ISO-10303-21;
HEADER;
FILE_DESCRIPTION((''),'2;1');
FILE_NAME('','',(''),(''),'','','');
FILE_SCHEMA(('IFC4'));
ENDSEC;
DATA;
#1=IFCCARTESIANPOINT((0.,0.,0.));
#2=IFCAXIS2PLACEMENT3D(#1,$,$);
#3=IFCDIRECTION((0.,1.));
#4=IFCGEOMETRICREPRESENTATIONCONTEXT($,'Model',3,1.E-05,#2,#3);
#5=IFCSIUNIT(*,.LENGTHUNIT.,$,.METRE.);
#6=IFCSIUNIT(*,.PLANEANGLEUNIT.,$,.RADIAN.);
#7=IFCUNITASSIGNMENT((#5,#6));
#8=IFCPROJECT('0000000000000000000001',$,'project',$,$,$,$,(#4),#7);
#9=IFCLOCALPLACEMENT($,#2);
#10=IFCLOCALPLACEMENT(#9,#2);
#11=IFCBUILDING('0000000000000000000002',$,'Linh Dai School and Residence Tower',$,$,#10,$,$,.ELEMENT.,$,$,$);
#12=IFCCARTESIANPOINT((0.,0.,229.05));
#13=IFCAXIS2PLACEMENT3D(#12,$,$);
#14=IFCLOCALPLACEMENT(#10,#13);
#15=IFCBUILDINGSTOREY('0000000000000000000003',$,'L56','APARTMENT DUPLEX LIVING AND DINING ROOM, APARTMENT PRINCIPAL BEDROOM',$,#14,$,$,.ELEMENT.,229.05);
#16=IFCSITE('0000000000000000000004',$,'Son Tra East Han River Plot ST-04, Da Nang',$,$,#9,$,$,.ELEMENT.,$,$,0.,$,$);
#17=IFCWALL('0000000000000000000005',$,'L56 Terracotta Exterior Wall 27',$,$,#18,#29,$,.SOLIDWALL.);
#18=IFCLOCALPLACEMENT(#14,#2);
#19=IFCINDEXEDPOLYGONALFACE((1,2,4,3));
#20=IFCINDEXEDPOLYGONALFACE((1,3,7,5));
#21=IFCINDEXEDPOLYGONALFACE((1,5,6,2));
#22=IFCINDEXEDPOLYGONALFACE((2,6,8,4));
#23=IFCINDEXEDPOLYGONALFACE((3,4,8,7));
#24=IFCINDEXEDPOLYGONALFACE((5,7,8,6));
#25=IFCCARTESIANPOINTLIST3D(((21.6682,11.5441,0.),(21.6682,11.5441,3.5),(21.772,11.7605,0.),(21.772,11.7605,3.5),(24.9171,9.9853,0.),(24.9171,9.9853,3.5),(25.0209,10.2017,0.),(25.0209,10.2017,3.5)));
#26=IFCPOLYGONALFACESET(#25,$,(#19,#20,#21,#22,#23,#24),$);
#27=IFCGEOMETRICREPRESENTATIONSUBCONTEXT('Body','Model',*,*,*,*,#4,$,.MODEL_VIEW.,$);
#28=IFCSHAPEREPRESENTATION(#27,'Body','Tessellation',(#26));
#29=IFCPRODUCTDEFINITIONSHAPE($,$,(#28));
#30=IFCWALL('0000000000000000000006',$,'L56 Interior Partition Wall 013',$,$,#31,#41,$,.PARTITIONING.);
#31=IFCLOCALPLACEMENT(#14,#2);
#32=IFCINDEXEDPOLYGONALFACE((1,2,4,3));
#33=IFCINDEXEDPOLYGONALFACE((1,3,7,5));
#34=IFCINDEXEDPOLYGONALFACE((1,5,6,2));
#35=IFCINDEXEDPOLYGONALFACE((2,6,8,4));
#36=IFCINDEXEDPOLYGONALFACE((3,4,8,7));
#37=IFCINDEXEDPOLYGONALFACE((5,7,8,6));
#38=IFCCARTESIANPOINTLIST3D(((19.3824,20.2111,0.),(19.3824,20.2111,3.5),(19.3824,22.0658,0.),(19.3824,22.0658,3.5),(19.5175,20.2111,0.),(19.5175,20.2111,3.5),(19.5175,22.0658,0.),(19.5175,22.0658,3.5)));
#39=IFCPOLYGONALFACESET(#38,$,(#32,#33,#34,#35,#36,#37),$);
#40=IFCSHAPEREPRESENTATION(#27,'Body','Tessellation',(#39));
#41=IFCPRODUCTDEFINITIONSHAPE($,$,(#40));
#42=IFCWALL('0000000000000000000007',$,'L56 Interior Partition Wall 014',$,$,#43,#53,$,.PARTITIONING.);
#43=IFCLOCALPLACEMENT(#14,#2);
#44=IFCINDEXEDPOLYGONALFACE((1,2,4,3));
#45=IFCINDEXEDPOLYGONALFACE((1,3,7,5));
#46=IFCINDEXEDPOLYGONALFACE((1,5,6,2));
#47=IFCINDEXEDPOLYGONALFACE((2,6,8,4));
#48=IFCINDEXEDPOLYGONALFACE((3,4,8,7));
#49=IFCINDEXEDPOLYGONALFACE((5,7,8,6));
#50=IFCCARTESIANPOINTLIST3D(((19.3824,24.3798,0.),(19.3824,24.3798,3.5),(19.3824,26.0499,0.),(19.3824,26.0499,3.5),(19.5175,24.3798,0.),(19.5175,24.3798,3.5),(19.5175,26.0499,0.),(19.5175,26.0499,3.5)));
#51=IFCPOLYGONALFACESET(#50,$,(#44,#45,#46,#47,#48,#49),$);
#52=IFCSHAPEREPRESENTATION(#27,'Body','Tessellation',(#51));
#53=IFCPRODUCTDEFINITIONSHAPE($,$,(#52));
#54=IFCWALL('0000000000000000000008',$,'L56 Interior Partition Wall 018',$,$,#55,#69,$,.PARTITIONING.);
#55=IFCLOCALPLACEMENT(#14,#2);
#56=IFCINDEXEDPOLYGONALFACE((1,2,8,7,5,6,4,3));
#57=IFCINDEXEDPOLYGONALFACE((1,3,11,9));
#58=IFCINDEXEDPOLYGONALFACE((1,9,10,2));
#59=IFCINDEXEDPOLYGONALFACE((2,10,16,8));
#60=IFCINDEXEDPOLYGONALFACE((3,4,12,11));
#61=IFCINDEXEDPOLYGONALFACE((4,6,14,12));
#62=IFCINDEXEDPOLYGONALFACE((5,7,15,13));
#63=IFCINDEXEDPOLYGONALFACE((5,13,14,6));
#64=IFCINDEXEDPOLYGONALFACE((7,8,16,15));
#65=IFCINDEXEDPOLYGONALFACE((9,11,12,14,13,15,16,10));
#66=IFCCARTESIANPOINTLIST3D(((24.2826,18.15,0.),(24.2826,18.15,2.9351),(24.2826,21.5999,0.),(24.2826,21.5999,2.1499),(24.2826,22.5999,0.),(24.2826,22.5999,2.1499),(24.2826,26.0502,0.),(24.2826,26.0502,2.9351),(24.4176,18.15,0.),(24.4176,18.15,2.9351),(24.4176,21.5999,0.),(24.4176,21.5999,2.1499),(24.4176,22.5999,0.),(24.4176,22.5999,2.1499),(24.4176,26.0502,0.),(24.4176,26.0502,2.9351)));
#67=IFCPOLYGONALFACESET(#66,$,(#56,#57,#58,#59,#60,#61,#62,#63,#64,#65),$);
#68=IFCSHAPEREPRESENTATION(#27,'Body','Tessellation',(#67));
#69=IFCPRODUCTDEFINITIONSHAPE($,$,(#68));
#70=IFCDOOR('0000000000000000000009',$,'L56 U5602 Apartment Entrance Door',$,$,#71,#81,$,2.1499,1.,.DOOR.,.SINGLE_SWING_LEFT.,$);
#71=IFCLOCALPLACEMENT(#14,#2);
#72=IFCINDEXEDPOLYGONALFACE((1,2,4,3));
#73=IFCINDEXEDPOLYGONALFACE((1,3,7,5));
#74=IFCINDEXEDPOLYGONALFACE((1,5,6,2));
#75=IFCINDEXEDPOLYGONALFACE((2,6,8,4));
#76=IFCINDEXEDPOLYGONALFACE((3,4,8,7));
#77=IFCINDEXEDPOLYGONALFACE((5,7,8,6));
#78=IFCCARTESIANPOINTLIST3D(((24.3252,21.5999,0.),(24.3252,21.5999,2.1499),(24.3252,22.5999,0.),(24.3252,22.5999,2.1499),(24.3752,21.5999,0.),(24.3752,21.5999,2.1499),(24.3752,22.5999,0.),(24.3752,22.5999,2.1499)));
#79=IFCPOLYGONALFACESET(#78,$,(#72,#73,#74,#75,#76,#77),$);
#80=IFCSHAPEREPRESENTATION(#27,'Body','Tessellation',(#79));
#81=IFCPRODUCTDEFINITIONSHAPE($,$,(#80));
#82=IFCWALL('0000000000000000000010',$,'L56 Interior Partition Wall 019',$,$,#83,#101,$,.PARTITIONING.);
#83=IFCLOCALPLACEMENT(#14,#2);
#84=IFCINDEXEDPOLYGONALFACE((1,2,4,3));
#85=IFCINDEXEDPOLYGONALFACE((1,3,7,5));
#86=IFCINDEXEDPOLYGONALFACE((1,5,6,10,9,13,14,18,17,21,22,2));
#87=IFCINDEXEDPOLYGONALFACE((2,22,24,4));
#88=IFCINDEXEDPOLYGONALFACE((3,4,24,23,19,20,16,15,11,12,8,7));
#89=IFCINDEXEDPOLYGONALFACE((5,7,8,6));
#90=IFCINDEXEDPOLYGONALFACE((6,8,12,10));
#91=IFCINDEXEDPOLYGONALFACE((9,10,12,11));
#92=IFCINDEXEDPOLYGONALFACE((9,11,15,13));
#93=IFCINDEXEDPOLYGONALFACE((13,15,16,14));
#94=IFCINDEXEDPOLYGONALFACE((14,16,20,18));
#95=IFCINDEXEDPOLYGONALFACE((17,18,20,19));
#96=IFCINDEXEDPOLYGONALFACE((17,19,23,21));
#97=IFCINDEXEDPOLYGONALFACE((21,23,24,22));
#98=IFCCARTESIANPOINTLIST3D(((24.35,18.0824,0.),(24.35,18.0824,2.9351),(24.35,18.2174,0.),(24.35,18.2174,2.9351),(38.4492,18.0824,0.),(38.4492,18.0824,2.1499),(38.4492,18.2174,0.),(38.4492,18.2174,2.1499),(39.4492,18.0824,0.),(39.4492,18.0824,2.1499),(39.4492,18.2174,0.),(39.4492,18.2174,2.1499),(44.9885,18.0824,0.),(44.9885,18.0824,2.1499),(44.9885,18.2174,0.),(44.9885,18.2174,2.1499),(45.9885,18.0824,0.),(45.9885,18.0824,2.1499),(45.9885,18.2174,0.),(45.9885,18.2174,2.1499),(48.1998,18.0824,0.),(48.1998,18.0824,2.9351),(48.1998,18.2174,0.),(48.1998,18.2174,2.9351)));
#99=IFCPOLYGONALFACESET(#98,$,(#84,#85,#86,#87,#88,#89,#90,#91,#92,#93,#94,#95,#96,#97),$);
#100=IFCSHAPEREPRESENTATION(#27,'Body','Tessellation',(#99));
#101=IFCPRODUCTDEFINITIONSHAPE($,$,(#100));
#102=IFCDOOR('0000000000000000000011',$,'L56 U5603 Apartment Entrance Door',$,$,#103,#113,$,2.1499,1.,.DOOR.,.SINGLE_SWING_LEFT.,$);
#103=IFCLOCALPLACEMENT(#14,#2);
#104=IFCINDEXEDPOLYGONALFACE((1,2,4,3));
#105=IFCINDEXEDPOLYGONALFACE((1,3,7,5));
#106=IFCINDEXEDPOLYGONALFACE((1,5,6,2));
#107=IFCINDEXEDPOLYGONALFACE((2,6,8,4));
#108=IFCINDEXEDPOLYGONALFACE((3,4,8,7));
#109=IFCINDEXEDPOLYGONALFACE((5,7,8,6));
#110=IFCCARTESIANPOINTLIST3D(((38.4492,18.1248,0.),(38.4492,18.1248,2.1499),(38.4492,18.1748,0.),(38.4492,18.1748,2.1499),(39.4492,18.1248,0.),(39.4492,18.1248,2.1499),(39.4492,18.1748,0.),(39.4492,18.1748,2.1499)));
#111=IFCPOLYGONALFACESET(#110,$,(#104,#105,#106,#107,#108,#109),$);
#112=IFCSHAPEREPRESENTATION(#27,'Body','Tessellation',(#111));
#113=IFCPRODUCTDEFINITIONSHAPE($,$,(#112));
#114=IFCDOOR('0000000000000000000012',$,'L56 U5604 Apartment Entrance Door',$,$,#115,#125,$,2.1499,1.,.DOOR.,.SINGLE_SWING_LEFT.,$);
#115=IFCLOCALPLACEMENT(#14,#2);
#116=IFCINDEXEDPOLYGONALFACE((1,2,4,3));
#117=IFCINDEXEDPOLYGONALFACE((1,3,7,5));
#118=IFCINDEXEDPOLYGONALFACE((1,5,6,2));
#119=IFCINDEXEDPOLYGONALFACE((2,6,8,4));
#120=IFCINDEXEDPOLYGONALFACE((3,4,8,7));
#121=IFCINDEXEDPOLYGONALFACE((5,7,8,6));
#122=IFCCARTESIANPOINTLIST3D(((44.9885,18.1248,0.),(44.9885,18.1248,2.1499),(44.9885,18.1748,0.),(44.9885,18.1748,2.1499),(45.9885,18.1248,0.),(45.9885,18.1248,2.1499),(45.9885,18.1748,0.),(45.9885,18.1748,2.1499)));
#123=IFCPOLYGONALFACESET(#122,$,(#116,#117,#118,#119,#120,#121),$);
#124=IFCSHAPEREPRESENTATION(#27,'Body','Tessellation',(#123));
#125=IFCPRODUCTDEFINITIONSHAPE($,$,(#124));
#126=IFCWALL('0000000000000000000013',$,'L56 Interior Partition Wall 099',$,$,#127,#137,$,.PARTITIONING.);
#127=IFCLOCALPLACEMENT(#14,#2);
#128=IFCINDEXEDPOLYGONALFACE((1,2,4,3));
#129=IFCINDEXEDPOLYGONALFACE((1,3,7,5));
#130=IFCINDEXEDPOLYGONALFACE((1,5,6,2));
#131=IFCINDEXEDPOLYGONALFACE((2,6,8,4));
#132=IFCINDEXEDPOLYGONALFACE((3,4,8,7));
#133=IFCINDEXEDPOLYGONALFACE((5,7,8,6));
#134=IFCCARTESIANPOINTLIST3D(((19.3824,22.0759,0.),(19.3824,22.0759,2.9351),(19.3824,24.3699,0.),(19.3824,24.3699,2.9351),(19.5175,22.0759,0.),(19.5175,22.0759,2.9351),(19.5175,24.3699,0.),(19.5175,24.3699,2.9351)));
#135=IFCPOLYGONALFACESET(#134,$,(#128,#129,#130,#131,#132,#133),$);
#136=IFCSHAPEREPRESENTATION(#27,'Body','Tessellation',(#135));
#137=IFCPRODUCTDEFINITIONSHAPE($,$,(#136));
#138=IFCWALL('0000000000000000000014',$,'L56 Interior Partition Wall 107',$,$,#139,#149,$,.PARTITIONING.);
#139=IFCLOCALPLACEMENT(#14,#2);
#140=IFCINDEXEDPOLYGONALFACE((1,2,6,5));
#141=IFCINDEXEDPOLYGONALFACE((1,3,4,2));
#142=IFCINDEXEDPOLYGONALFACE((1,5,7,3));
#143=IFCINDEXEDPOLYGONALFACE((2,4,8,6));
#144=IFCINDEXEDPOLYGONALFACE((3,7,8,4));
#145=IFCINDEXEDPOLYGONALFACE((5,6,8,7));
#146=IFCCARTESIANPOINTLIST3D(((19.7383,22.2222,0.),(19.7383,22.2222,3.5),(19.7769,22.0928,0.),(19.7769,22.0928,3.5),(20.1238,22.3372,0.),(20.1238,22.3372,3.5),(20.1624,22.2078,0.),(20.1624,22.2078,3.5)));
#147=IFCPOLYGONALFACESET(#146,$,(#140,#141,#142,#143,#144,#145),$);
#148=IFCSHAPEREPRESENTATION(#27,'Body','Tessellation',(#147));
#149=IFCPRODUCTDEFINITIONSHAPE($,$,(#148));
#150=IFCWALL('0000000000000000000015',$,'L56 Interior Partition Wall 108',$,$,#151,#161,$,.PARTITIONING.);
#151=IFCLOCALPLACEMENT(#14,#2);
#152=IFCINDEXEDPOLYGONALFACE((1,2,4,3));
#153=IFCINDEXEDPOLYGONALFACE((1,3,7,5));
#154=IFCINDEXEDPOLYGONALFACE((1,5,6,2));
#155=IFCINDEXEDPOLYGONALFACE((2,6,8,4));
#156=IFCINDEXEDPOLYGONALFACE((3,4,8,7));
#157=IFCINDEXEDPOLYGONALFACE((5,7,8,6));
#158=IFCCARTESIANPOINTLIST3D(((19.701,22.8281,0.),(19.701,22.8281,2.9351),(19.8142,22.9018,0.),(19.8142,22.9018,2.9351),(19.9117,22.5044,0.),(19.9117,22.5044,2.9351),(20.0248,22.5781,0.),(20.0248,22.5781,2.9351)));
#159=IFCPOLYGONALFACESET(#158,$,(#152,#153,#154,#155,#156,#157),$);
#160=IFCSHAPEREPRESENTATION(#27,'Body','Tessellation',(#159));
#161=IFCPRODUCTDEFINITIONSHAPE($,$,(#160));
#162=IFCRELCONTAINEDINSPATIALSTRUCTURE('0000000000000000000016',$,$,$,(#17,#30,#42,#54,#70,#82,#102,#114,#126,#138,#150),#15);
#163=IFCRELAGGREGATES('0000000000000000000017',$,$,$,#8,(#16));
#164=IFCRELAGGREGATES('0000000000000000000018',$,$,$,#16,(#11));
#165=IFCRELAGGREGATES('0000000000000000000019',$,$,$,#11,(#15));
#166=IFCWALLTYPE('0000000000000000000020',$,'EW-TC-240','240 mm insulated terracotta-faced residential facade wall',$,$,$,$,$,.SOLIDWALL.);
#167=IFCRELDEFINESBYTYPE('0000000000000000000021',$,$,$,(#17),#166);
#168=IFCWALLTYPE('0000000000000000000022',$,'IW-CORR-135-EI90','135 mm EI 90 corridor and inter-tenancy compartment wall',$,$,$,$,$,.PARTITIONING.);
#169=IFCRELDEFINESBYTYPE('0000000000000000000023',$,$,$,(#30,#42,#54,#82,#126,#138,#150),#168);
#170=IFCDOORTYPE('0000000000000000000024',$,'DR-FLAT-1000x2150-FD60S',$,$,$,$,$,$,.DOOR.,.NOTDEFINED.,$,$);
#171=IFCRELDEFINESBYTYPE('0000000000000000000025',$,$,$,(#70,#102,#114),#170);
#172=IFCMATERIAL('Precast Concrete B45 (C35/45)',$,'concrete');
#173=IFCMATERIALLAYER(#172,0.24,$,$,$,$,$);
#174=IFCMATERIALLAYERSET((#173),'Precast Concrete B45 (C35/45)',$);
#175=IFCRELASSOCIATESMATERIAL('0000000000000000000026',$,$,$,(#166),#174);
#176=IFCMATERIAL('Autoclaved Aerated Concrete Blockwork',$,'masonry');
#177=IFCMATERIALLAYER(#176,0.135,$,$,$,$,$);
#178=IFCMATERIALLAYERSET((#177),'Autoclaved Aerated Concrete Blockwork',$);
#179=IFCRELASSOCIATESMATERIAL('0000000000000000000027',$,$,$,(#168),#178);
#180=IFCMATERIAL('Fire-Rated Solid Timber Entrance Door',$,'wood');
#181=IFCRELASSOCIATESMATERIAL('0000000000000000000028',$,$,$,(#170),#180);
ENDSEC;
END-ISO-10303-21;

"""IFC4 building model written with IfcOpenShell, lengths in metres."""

from ifc_helpers import new_model, si_unit, direction, frame, frame_2d, origin, origin_2d, place, context, subcontext, project, spatial, rectangle, extrude, source, transform, mapped, material, layer, layer_set, type_object, element, fill, save


model = new_model("IFC4")

# Units and contexts
model_context = context("Model", 3, precision=1e-05, world=origin(), true_north=direction((0.0, 1.0)))
body_context = subcontext(model_context, "Body", "Model", "MODEL_VIEW")
ifc_project = project(units=[si_unit("LENGTHUNIT", "METRE"), si_unit("PLANEANGLEUNIT", "RADIAN")], contexts=[model_context])

# Site, building, storey
site_placement = place(None, origin())
site = spatial("IfcSite", under=ifc_project, at=site_placement, Name="Son Tra East Han River Plot ST-04, Da Nang", CompositionType="ELEMENT", RefElevation=0.0)
building_placement = place(site_placement, origin())
building = spatial("IfcBuilding", under=site, at=building_placement, Name="Linh Dai School and Residence Tower", CompositionType="ELEMENT")
storey_placement = place(building_placement, frame((0.0, 0.0, 229.05)))
storey = spatial("IfcBuildingStorey", under=building, at=storey_placement, Name="L56", Description="APARTMENT DUPLEX LIVING AND DINING ROOM, APARTMENT PRINCIPAL BEDROOM", CompositionType="ELEMENT", Elevation=229.05)

# Shared definitions
ifc_material_1 = material(Name="Precast Concrete B45 (C35/45)", Category="concrete")

# Shared definitions
ifc_layer_1 = layer(ifc_material_1, 0.24)
ifc_layer_set_1 = layer_set([ifc_layer_1], Name="Precast Concrete B45 (C35/45)")
wall_type_1 = type_object("IfcWallType", Name="EW-TC-240", Description="240 mm insulated terracotta-faced residential facade wall", PredefinedType="SOLIDWALL", material=ifc_layer_set_1)

# Walls
wall_1_placement = place(storey_placement, frame((24.969, 10.0935, 0.0), z_axis=(0.0, 0.0, 1.0), x_axis=(-0.901598, 0.432575, 0.0)))
element("IfcWall", 1, at=wall_1_placement, inside=storey, type_object=wall_type_1, Name="L56 Terracotta Exterior Wall 27", PredefinedType="SOLIDWALL", context=body_context, shape_type="SweptSolid", body=[
    extrude(rectangle(XDim=3.6035, YDim=0.24, at=frame_2d((1.8018, 0.0))), origin(), (0.0, 0.0, 1.0), 3.5),
])
ifc_material_2 = material(Name="Autoclaved Aerated Concrete Blockwork", Category="masonry")
ifc_layer_2 = layer(ifc_material_2, 0.135)
ifc_layer_set_2 = layer_set([ifc_layer_2], Name="Autoclaved Aerated Concrete Blockwork")
wall_type_2 = type_object("IfcWallType", Name="IW-CORR-135-EI90", Description="135 mm EI 90 corridor and inter-tenancy compartment wall", PredefinedType="PARTITIONING", material=ifc_layer_set_2)
wall_2_placement = place(storey_placement, frame((19.45, 20.2112, 0.0), z_axis=(0.0, 0.0, 1.0), x_axis=(0.0, 1.0, 0.0)))
element("IfcWall", 2, at=wall_2_placement, inside=storey, type_object=wall_type_2, Name="L56 Interior Partition Wall 013", PredefinedType="PARTITIONING", context=body_context, shape_type="SweptSolid", body=[
    extrude(rectangle(XDim=1.8547, YDim=0.135, at=frame_2d((0.9272, 0.0))), origin(), (0.0, 0.0, 1.0), 3.5),
])
wall_3_placement = place(storey_placement, frame((19.45, 24.3799, 0.0), z_axis=(0.0, 0.0, 1.0), x_axis=(0.0, 1.0, 0.0)))
element("IfcWall", 3, at=wall_3_placement, inside=storey, type_object=wall_type_2, Name="L56 Interior Partition Wall 014", PredefinedType="PARTITIONING", context=body_context, shape_type="SweptSolid", body=[
    extrude(rectangle(XDim=1.6702, YDim=0.135, at=frame_2d((0.835, 0.0))), origin(), (0.0, 0.0, 1.0), 3.5),
])

# Wall, opening, door
wall_4_placement = place(storey_placement, frame((24.3501, 18.1499, 0.0), z_axis=(0.0, 0.0, 1.0), x_axis=(0.0, 1.0, 0.0)))
wall_4 = element("IfcWall", 4, at=wall_4_placement, inside=storey, type_object=wall_type_2, Name="L56 Interior Partition Wall 018", PredefinedType="PARTITIONING", context=body_context, shape_type="SweptSolid", body=[
    extrude(rectangle(XDim=7.9001, YDim=0.135, at=frame_2d((3.9502, 0.0))), origin(), (0.0, 0.0, 1.0), 2.9351),
])
opening_1_placement = place(wall_4_placement, frame((3.45, 0.0, 0.0)))
opening_1 = element("IfcOpeningElement", 5, at=opening_1_placement, cuts=wall_4, PredefinedType="OPENING", context=body_context, shape_type="SweptSolid", body=[
    extrude(rectangle(XDim=1.0, YDim=2.1499, at=origin_2d()), frame((0.5, 0.0776, 1.075), z_axis=(0.0, -1.0, 0.0), x_axis=(1.0, 0.0, 0.0)), (0.0, 0.0, 1.0), 0.155),
])
ifc_material_3 = material(Name="Fire-Rated Solid Timber Entrance Door", Category="wood")
door_type_1 = type_object("IfcDoorType", Name="DR-FLAT-1000x2150-FD60S", OperationType="NOTDEFINED", PredefinedType="DOOR", material=ifc_material_3)
shared_shape_1 = source(origin(), body_context, "Body", "SweptSolid", [
    extrude(rectangle(XDim=1.0, YDim=2.1499, at=origin_2d()), frame((0.5, 0.0249, 1.075), z_axis=(0.0, -1.0, 0.0), x_axis=(1.0, 0.0, 0.0)), (0.0, 0.0, 1.0), 0.05),
])
door_1_placement = place(opening_1_placement, origin())
door_1 = element("IfcDoor", 6, at=door_1_placement, inside=storey, type_object=door_type_1, Name="L56 U5602 Apartment Entrance Door", OperationType="SINGLE_SWING_LEFT", OverallHeight=2.1499, OverallWidth=1.0, PredefinedType="DOOR", context=body_context, shape_type="MappedRepresentation", body=[
    mapped(shared_shape_1, transform((0.0, 0.0, 0.0), x_axis=(1.0, 0.0, 0.0), y_axis=(0.0, 1.0, 0.0), z_axis=(0.0, 0.0, 1.0), scale=1.0)),
])
fill(opening_1, door_1)

# Wall, openings, doors
wall_5_placement = place(storey_placement, frame((24.3501, 18.1499, 0.0), z_axis=(0.0, 0.0, 1.0), x_axis=(1.0, 0.0, 0.0)))
wall_5 = element("IfcWall", 7, at=wall_5_placement, inside=storey, type_object=wall_type_2, Name="L56 Interior Partition Wall 019", PredefinedType="PARTITIONING", context=body_context, shape_type="SweptSolid", body=[
    extrude(rectangle(XDim=23.8499, YDim=0.135, at=frame_2d((11.9248, 0.0))), origin(), (0.0, 0.0, 1.0), 2.9351),
])
opening_2_placement = place(wall_5_placement, frame((14.0991, 0.0, 0.0)))
opening_2 = element("IfcOpeningElement", 8, at=opening_2_placement, cuts=wall_5, PredefinedType="OPENING", context=body_context, shape_type="SweptSolid", body=[
    extrude(rectangle(XDim=1.0, YDim=2.1499, at=origin_2d()), frame((0.5, 0.0776, 1.075), z_axis=(0.0, -1.0, 0.0), x_axis=(1.0, 0.0, 0.0)), (0.0, 0.0, 1.0), 0.155),
])
opening_3_placement = place(wall_5_placement, frame((20.6384, 0.0, 0.0)))
opening_3 = element("IfcOpeningElement", 9, at=opening_3_placement, cuts=wall_5, PredefinedType="OPENING", context=body_context, shape_type="SweptSolid", body=[
    extrude(rectangle(XDim=1.0, YDim=2.1499, at=origin_2d()), frame((0.5, 0.0776, 1.075), z_axis=(0.0, -1.0, 0.0), x_axis=(1.0, 0.0, 0.0)), (0.0, 0.0, 1.0), 0.155),
])
door_2_placement = place(opening_2_placement, origin())
door_2 = element("IfcDoor", 10, at=door_2_placement, inside=storey, type_object=door_type_1, Name="L56 U5603 Apartment Entrance Door", OperationType="SINGLE_SWING_LEFT", OverallHeight=2.1499, OverallWidth=1.0, PredefinedType="DOOR", context=body_context, shape_type="MappedRepresentation", body=[
    mapped(shared_shape_1, transform((0.0, 0.0, 0.0), x_axis=(1.0, 0.0, 0.0), y_axis=(0.0, 1.0, 0.0), z_axis=(0.0, 0.0, 1.0), scale=1.0)),
])
fill(opening_2, door_2)
door_3_placement = place(opening_3_placement, origin())
door_3 = element("IfcDoor", 11, at=door_3_placement, inside=storey, type_object=door_type_1, Name="L56 U5604 Apartment Entrance Door", OperationType="SINGLE_SWING_LEFT", OverallHeight=2.1499, OverallWidth=1.0, PredefinedType="DOOR", context=body_context, shape_type="MappedRepresentation", body=[
    mapped(shared_shape_1, transform((0.0, 0.0, 0.0), x_axis=(1.0, 0.0, 0.0), y_axis=(0.0, 1.0, 0.0), z_axis=(0.0, 0.0, 1.0), scale=1.0)),
])
fill(opening_3, door_3)

# Walls
wall_6_placement = place(storey_placement, frame((19.45, 24.3699, 0.0), z_axis=(0.0, 0.0, 1.0), x_axis=(0.0, -1.0, 0.0)))
element("IfcWall", 12, at=wall_6_placement, inside=storey, type_object=wall_type_2, Name="L56 Interior Partition Wall 099", PredefinedType="PARTITIONING", context=body_context, shape_type="SweptSolid", body=[
    extrude(rectangle(XDim=2.2939, YDim=0.135, at=frame_2d((1.147, 0.0))), origin(), (0.0, 0.0, 1.0), 2.9351),
])
wall_7_placement = place(storey_placement, frame((19.7576, 22.1575, 0.0), z_axis=(0.0, 0.0, 1.0), x_axis=(0.958276, 0.285844, 0.0)))
element("IfcWall", 13, at=wall_7_placement, inside=storey, type_object=wall_type_2, Name="L56 Interior Partition Wall 107", PredefinedType="PARTITIONING", context=body_context, shape_type="SweptSolid", body=[
    extrude(rectangle(XDim=0.4023, YDim=0.135, at=frame_2d((0.2012, 0.0))), origin(), (0.0, 0.0, 1.0), 3.5),
])
wall_8_placement = place(storey_placement, frame((19.9683, 22.5413, 0.0), z_axis=(0.0, 0.0, 1.0), x_axis=(-0.545477, 0.838126, 0.0)))
element("IfcWall", 14, at=wall_8_placement, inside=storey, type_object=wall_type_2, Name="L56 Interior Partition Wall 108", PredefinedType="PARTITIONING", context=body_context, shape_type="SweptSolid", body=[
    extrude(rectangle(XDim=0.3862, YDim=0.135, at=frame_2d((0.1931, 0.0))), origin(), (0.0, 0.0, 1.0), 2.9351),
])

save(model, "model.ifc")
